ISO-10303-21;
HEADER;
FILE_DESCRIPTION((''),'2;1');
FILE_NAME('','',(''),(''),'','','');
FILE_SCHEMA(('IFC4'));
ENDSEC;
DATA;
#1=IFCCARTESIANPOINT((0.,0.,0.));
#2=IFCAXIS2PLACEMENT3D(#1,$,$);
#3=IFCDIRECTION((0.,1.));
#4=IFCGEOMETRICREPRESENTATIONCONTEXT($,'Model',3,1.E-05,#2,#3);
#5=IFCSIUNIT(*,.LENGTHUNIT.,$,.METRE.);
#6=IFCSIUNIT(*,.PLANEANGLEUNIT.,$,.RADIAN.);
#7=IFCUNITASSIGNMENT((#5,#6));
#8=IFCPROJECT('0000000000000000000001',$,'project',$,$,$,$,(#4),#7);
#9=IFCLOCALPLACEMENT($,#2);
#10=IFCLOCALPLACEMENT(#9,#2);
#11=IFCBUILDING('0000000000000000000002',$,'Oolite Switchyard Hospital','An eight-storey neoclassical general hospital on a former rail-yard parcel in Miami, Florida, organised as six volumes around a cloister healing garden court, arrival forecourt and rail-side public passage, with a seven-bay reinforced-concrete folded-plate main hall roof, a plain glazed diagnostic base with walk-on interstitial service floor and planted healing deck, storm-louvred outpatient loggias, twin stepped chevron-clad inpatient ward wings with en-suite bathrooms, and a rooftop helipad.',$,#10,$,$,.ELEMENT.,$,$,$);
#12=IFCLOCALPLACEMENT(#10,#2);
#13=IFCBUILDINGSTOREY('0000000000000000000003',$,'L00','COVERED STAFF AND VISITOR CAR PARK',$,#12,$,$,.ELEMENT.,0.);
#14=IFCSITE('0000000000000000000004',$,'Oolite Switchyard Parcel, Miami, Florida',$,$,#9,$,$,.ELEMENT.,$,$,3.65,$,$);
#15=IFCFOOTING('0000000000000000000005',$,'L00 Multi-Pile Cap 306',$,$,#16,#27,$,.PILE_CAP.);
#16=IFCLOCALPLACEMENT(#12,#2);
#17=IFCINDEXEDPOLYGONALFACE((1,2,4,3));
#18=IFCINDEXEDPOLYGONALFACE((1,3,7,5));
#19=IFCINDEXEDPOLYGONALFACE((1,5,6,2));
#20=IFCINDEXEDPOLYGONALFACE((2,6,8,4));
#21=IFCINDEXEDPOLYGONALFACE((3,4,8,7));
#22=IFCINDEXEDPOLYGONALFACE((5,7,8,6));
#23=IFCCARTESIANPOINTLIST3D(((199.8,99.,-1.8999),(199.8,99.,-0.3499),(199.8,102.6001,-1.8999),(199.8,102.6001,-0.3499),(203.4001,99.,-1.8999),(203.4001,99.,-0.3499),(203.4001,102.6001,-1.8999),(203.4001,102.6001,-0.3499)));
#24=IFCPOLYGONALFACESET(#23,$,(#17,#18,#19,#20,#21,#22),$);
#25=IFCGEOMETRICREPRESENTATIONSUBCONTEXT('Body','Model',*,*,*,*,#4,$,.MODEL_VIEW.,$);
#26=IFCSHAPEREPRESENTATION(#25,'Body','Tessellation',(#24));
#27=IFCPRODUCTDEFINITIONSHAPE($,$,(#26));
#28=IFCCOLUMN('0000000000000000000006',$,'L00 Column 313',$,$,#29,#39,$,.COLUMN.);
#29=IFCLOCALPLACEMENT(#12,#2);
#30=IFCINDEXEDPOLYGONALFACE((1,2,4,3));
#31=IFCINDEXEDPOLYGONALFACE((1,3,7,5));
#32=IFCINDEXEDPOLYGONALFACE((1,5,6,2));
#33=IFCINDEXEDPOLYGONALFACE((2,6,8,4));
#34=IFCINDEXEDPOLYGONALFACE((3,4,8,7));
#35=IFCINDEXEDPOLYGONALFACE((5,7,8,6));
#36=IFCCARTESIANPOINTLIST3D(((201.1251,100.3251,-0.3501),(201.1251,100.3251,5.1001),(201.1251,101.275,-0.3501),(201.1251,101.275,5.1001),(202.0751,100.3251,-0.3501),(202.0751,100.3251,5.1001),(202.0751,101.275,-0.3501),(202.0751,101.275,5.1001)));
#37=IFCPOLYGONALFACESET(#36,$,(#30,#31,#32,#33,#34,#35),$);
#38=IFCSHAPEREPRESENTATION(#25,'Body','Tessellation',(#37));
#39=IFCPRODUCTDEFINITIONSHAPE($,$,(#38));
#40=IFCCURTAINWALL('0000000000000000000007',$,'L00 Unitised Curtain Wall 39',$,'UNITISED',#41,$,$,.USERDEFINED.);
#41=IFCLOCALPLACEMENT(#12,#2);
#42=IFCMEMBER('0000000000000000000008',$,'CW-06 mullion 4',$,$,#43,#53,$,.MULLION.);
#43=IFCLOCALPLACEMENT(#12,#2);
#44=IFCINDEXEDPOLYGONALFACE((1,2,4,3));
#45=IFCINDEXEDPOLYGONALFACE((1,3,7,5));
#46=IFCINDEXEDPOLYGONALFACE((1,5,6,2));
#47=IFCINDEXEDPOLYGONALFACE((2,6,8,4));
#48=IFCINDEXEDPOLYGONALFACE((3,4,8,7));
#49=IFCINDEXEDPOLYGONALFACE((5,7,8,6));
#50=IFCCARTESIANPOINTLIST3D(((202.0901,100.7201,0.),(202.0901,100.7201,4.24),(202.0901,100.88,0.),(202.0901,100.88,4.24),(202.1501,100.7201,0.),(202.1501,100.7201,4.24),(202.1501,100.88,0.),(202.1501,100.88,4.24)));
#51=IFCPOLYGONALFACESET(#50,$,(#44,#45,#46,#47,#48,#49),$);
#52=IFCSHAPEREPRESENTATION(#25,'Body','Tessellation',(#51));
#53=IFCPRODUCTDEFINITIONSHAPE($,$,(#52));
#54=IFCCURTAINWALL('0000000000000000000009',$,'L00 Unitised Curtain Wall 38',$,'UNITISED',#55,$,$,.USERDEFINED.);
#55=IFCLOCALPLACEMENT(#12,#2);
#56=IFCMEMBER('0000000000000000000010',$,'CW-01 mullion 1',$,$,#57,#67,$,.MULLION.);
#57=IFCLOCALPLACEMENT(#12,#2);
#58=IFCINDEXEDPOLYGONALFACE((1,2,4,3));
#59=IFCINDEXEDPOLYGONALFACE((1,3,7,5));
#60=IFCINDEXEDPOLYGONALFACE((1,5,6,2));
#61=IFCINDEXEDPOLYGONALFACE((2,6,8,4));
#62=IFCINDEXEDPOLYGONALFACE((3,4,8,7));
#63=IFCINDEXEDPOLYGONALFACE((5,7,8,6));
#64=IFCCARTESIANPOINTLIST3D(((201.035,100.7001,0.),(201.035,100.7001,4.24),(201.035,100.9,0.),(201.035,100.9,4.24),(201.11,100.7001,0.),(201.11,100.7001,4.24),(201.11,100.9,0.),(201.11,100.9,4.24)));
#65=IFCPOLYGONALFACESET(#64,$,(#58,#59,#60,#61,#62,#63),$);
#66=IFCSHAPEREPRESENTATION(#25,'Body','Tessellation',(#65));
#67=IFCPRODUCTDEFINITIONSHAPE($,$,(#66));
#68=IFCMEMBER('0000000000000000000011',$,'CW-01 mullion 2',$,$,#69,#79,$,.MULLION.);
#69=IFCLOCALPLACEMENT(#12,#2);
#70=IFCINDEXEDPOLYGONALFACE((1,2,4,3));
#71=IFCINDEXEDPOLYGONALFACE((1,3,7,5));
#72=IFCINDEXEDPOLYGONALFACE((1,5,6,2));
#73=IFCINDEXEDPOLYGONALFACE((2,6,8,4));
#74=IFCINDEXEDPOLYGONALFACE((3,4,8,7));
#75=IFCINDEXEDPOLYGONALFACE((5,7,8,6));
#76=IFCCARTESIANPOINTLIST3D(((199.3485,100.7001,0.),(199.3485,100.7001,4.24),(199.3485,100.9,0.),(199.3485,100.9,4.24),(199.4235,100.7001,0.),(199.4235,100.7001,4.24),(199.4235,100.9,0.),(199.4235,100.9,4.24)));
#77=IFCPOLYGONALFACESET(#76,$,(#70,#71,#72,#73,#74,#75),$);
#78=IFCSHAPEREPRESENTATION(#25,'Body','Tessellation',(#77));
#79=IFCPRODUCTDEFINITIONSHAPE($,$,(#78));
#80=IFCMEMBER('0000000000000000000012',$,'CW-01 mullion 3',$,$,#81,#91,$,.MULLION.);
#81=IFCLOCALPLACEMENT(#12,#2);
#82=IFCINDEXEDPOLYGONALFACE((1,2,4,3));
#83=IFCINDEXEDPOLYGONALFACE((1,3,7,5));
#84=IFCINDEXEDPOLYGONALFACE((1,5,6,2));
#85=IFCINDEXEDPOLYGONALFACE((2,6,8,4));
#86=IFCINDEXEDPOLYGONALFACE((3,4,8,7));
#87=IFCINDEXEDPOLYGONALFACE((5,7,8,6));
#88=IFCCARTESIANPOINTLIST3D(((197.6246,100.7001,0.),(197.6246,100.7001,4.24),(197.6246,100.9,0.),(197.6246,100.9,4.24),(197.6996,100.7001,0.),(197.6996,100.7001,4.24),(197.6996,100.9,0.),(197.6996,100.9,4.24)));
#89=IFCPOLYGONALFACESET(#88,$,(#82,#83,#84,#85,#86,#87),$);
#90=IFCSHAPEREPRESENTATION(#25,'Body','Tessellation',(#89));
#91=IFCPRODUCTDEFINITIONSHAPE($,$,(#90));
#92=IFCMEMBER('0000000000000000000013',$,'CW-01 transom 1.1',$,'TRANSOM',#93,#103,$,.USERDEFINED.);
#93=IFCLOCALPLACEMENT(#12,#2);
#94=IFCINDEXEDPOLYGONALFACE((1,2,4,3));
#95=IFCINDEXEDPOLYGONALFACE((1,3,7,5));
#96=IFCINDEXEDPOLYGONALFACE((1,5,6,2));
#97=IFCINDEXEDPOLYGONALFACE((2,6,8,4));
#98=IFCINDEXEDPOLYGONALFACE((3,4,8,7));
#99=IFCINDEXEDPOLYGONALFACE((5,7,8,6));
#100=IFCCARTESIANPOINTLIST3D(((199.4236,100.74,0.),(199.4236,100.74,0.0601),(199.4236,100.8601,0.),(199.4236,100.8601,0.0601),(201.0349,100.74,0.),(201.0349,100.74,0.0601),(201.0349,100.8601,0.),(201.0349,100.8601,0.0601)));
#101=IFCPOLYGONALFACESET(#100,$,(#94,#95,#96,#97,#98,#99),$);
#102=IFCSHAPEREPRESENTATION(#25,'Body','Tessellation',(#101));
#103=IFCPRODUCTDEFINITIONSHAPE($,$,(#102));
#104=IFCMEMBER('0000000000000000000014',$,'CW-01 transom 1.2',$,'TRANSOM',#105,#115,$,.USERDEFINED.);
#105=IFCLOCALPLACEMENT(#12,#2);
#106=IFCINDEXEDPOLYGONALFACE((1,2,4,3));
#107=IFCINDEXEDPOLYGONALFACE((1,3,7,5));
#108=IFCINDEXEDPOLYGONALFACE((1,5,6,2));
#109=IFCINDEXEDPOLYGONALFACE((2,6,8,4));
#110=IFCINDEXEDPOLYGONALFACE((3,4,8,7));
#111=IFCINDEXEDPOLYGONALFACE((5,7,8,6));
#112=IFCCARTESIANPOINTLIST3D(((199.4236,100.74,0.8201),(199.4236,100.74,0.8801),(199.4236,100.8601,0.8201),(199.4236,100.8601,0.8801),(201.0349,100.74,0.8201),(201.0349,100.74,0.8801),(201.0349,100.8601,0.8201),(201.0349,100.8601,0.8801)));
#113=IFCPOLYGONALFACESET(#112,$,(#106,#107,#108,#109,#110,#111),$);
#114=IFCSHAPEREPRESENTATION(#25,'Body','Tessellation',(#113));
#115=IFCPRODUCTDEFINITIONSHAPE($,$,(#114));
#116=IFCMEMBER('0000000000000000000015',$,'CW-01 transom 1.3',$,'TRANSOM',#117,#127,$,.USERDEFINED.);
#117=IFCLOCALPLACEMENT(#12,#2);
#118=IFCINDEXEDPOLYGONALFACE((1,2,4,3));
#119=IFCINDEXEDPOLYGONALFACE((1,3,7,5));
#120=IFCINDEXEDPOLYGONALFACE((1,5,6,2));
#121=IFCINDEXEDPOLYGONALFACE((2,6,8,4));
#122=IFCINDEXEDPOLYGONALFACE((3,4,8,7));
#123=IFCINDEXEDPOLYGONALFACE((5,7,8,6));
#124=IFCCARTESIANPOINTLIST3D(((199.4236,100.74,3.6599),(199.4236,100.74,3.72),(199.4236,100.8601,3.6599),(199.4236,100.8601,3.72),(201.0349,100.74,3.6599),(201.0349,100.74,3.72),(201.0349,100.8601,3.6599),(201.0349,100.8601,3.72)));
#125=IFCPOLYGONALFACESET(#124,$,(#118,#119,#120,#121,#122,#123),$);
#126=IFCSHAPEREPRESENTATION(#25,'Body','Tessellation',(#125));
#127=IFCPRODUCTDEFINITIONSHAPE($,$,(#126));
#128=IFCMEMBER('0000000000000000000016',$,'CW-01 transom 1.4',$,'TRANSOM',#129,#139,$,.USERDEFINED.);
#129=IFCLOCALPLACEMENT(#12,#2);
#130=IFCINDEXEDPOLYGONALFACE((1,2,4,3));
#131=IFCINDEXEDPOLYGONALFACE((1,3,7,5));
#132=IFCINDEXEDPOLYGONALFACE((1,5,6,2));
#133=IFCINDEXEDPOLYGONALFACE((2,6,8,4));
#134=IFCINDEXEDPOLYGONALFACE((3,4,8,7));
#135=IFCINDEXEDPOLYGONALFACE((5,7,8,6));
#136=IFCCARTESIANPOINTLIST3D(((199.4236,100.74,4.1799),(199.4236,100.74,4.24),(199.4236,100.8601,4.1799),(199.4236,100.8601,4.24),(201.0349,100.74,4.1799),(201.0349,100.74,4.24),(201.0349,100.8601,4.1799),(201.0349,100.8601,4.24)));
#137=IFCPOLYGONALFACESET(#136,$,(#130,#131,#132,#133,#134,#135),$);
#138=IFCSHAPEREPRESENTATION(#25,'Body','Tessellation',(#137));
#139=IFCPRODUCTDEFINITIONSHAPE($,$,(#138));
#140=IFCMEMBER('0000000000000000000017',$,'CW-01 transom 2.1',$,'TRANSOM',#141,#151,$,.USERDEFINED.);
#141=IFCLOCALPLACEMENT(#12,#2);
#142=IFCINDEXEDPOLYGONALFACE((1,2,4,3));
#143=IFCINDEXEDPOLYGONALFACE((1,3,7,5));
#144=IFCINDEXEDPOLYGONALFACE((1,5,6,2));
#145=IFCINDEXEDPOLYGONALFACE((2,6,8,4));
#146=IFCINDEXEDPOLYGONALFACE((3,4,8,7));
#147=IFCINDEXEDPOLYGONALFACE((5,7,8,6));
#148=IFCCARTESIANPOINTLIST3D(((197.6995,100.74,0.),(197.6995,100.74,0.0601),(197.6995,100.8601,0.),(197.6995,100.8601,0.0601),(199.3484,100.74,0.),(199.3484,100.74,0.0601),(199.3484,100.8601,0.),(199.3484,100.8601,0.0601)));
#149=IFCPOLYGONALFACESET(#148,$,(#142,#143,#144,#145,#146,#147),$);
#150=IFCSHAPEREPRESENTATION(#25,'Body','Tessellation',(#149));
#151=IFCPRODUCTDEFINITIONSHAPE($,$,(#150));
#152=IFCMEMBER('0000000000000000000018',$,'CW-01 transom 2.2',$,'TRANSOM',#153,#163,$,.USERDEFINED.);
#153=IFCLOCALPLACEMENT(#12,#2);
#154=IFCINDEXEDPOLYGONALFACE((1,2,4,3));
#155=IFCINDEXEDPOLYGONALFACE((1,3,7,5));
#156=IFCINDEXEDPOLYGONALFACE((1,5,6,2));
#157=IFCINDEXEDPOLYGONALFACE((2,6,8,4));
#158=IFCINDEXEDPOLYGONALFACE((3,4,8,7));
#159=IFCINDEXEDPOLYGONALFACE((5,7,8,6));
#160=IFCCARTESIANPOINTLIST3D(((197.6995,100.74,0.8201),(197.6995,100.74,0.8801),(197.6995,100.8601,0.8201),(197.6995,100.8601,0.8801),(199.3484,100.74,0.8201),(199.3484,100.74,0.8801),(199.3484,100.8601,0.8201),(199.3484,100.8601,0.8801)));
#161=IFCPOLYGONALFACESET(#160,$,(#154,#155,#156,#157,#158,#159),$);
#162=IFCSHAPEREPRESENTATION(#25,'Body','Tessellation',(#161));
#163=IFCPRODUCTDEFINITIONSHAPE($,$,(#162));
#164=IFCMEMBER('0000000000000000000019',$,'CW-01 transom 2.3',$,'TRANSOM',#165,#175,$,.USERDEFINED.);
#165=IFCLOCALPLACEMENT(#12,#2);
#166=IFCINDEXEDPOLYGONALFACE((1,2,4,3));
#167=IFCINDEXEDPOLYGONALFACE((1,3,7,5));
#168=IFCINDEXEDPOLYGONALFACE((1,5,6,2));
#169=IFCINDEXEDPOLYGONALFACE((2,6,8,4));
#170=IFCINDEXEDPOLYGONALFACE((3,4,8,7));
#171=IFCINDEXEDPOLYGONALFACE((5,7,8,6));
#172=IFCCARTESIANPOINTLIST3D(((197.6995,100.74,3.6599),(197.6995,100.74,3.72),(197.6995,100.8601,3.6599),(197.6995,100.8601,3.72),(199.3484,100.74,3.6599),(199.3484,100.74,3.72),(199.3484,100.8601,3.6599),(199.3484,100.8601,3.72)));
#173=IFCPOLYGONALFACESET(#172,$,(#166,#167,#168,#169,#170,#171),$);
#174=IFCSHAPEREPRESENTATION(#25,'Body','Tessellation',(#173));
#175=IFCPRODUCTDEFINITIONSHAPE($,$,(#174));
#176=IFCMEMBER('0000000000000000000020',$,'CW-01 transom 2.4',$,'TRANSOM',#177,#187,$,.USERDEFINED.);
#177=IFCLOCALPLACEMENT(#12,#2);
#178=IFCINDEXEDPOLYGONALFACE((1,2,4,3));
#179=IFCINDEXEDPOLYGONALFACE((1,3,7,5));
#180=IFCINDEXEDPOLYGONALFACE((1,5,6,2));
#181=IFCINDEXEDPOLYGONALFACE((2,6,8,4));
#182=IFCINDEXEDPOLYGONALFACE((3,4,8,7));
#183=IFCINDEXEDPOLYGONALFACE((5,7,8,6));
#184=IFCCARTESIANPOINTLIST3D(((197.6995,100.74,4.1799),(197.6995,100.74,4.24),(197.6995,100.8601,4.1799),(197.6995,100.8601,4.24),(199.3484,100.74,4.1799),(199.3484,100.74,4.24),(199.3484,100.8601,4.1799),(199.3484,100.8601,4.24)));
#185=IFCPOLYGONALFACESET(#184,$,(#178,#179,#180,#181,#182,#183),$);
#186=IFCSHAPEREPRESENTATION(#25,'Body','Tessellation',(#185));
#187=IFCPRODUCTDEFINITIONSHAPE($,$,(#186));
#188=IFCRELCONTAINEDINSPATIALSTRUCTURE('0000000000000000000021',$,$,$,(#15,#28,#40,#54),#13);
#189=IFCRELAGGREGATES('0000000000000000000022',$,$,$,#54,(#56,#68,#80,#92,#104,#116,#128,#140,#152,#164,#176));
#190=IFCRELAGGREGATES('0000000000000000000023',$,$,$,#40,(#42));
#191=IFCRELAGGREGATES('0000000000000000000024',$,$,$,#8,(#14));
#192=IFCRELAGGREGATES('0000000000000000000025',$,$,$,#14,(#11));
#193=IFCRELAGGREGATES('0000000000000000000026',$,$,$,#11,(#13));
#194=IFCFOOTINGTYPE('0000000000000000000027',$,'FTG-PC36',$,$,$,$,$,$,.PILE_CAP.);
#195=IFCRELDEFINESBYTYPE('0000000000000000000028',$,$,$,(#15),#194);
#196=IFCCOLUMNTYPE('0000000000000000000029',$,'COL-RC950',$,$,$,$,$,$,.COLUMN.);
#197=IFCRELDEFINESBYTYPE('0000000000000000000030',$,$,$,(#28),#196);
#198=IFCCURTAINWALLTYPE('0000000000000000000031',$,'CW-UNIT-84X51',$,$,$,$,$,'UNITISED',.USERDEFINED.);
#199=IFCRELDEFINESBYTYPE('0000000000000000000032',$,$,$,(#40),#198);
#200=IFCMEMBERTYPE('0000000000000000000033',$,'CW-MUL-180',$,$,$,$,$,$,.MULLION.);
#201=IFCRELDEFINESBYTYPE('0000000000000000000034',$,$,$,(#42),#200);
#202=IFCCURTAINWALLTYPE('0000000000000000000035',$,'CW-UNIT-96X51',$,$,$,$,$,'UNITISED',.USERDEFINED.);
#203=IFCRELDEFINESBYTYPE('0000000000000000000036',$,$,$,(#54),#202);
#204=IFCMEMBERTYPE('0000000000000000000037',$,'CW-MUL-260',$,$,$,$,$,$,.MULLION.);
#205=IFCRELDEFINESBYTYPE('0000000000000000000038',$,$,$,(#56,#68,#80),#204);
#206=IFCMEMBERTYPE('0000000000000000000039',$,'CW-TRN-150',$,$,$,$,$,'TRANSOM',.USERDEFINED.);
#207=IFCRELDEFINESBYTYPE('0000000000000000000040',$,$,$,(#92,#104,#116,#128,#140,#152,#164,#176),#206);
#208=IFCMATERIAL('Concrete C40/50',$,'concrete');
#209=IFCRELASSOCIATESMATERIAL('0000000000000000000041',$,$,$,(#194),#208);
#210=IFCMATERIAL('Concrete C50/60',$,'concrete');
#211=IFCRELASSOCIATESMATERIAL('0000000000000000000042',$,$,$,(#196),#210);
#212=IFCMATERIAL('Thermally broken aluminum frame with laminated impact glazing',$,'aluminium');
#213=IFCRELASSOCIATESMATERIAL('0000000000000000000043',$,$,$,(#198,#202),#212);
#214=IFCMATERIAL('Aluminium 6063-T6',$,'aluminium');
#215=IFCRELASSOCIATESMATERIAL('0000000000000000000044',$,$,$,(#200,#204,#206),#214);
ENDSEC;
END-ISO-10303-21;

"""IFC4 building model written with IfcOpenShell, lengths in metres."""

from ifc_helpers import new_model, si_unit, direction, frame, origin, origin_2d, place, context, subcontext, project, spatial, rectangle, extrude, material, material_profile, profile_set, type_object, element, aggregate, save


model = new_model("IFC4")

# Units and contexts
model_context = context("Model", 3, precision=1e-05, world=origin(), true_north=direction((0.0, 1.0)))
body_context = subcontext(model_context, "Body", "Model", "MODEL_VIEW")
ifc_project = project(units=[si_unit("LENGTHUNIT", "METRE"), si_unit("PLANEANGLEUNIT", "RADIAN")], contexts=[model_context])

# Site, building, storey
site_placement = place(None, origin())
site = spatial("IfcSite", under=ifc_project, at=site_placement, Name="Oolite Switchyard Parcel, Miami, Florida", CompositionType="ELEMENT", RefElevation=3.65)
building_placement = place(site_placement, origin())
building = spatial("IfcBuilding", under=site, at=building_placement, Name="Oolite Switchyard Hospital", Description="An eight-storey neoclassical general hospital on a former rail-yard parcel in Miami, Florida, organised as six volumes around a cloister healing garden court, arrival forecourt and rail-side public passage, with a seven-bay reinforced-concrete folded-plate main hall roof, a plain glazed diagnostic base with walk-on interstitial service floor and planted healing deck, storm-louvred outpatient loggias, twin stepped chevron-clad inpatient ward wings with en-suite bathrooms, and a rooftop helipad.", CompositionType="ELEMENT")
storey_placement = place(building_placement, origin())
storey = spatial("IfcBuildingStorey", under=building, at=storey_placement, Name="L00", Description="COVERED STAFF AND VISITOR CAR PARK", CompositionType="ELEMENT", Elevation=0.0)

# Footing
ifc_material_1 = material(Name="Concrete C40/50", Category="concrete")
footing_type = type_object("IfcFootingType", Name="FTG-PC36", PredefinedType="PILE_CAP", material=ifc_material_1)
footing_placement = place(storey_placement, frame((201.6001, 100.8, -1.8999), z_axis=(0.0, 0.0, 1.0), x_axis=(1.0, 0.0, 0.0)))
element("IfcFooting", 1, at=footing_placement, inside=storey, type_object=footing_type, Name="L00 Multi-Pile Cap 306", PredefinedType="PILE_CAP", context=body_context, shape_type="SweptSolid", body=[
    extrude(rectangle(XDim=3.6001, YDim=3.6001, at=origin_2d()), origin(), (0.0, 0.0, 1.0), 1.55),
])

# Column
ifc_material_2 = material(Name="Concrete C50/60", Category="concrete")
ifc_material_profile_1 = material_profile(ifc_material_2, rectangle(XDim=0.95, YDim=0.95, at=origin_2d()), Name="RC950X950")
ifc_profile_set_1 = profile_set([ifc_material_profile_1], Name="Concrete C50/60")
column_type = type_object("IfcColumnType", Name="COL-RC950", PredefinedType="COLUMN", material=ifc_profile_set_1)
column_placement = place(storey_placement, frame((201.6001, 100.8, -0.3501), z_axis=(0.0, 0.0, 1.0), x_axis=(1.0, 0.0, 0.0)))
element("IfcColumn", 2, at=column_placement, inside=storey, type_object=column_type, Name="L00 Column 313", PredefinedType="COLUMN", context=body_context, shape_type="SweptSolid", body=[
    extrude(rectangle(XDim=0.95, YDim=0.95, at=origin_2d()), origin(), (0.0, 0.0, 1.0), 5.4502),
])

# Curtain wall, member
ifc_material_3 = material(Name="Thermally broken aluminum frame with laminated impact glazing", Category="aluminium")
curtain_wall_type_1 = type_object("IfcCurtainWallType", Name="CW-UNIT-84X51", ElementType="UNITISED", PredefinedType="USERDEFINED", material=ifc_material_3)
curtain_wall_1_placement = place(storey_placement, origin())
curtain_wall_1 = element("IfcCurtainWall", 3, at=curtain_wall_1_placement, inside=storey, type_object=curtain_wall_type_1, Name="L00 Unitised Curtain Wall 39", ObjectType="UNITISED", PredefinedType="USERDEFINED")
ifc_material_4 = material(Name="Aluminium 6063-T6", Category="aluminium")
ifc_material_profile_2 = material_profile(ifc_material_4, rectangle(XDim=0.1599, YDim=0.0601, at=origin_2d()), Name="CWM60X160")
ifc_profile_set_2 = profile_set([ifc_material_profile_2], Name="Aluminium 6063-T6")
member_type_1 = type_object("IfcMemberType", Name="CW-MUL-180", PredefinedType="MULLION", material=ifc_profile_set_2)
member_1_placement = place(storey_placement, frame((202.1201, 100.8, 0.0), z_axis=(0.0, 0.0, 1.0), x_axis=(0.0, -1.0, 0.0)))
member_1 = element("IfcMember", 4, at=member_1_placement, type_object=member_type_1, Name="CW-06 mullion 4", PredefinedType="MULLION", context=body_context, shape_type="SweptSolid", body=[
    extrude(rectangle(XDim=0.1599, YDim=0.0601, at=origin_2d()), origin(), (0.0, 0.0, 1.0), 4.24),
])

# Curtain wall, members
curtain_wall_type_2 = type_object("IfcCurtainWallType", Name="CW-UNIT-96X51", ElementType="UNITISED", PredefinedType="USERDEFINED", material=ifc_material_3)
curtain_wall_2_placement = place(storey_placement, origin())
curtain_wall_2 = element("IfcCurtainWall", 5, at=curtain_wall_2_placement, inside=storey, type_object=curtain_wall_type_2, Name="L00 Unitised Curtain Wall 38", ObjectType="UNITISED", PredefinedType="USERDEFINED")
ifc_material_profile_3 = material_profile(ifc_material_4, rectangle(XDim=0.2, YDim=0.075, at=origin_2d()), Name="CWM75X200")
ifc_profile_set_3 = profile_set([ifc_material_profile_3], Name="Aluminium 6063-T6")
member_type_2 = type_object("IfcMemberType", Name="CW-MUL-260", PredefinedType="MULLION", material=ifc_profile_set_3)
member_2_placement = place(storey_placement, frame((201.0725, 100.8, 0.0), z_axis=(0.0, 0.0, 1.0), x_axis=(0.0, -1.0, 0.0)))
member_2 = element("IfcMember", 6, at=member_2_placement, type_object=member_type_2, Name="CW-01 mullion 1", PredefinedType="MULLION", context=body_context, shape_type="SweptSolid", body=[
    extrude(rectangle(XDim=0.2, YDim=0.075, at=origin_2d()), origin(), (0.0, 0.0, 1.0), 4.24),
])
member_3_placement = place(storey_placement, frame((199.386, 100.8, 0.0), z_axis=(0.0, 0.0, 1.0), x_axis=(0.0, -1.0, 0.0)))
member_3 = element("IfcMember", 7, at=member_3_placement, type_object=member_type_2, Name="CW-01 mullion 2", PredefinedType="MULLION", context=body_context, shape_type="SweptSolid", body=[
    extrude(rectangle(XDim=0.2, YDim=0.075, at=origin_2d()), origin(), (0.0, 0.0, 1.0), 4.24),
])
member_4_placement = place(storey_placement, frame((197.6621, 100.8, 0.0), z_axis=(0.0, 0.0, 1.0), x_axis=(0.0, -1.0, 0.0)))
member_4 = element("IfcMember", 8, at=member_4_placement, type_object=member_type_2, Name="CW-01 mullion 3", PredefinedType="MULLION", context=body_context, shape_type="SweptSolid", body=[
    extrude(rectangle(XDim=0.2, YDim=0.075, at=origin_2d()), origin(), (0.0, 0.0, 1.0), 4.24),
])
ifc_material_profile_4 = material_profile(ifc_material_4, rectangle(XDim=0.1201, YDim=0.0601, at=origin_2d()), Name="CWT60X120")
ifc_profile_set_4 = profile_set([ifc_material_profile_4], Name="Aluminium 6063-T6")
member_type_3 = type_object("IfcMemberType", Name="CW-TRN-150", ElementType="TRANSOM", PredefinedType="USERDEFINED", material=ifc_profile_set_4)
member_5_placement = place(storey_placement, frame((201.0349, 100.8, 0.03), z_axis=(-1.0, 0.0, 0.0), x_axis=(0.0, -1.0, 0.0)))
member_5 = element("IfcMember", 9, at=member_5_placement, type_object=member_type_3, Name="CW-01 transom 1.1", ObjectType="TRANSOM", PredefinedType="USERDEFINED", context=body_context, shape_type="SweptSolid", body=[
    extrude(rectangle(XDim=0.1201, YDim=0.0601, at=origin_2d()), origin(), (0.0, 0.0, 1.0), 1.6113),
])
member_6_placement = place(storey_placement, frame((201.0349, 100.8, 0.8501), z_axis=(-1.0, 0.0, 0.0), x_axis=(0.0, -1.0, 0.0)))
member_6 = element("IfcMember", 10, at=member_6_placement, type_object=member_type_3, Name="CW-01 transom 1.2", ObjectType="TRANSOM", PredefinedType="USERDEFINED", context=body_context, shape_type="SweptSolid", body=[
    extrude(rectangle(XDim=0.1201, YDim=0.0601, at=origin_2d()), origin(), (0.0, 0.0, 1.0), 1.6113),
])
member_7_placement = place(storey_placement, frame((201.0349, 100.8, 3.6899), z_axis=(-1.0, 0.0, 0.0), x_axis=(0.0, -1.0, 0.0)))
member_7 = element("IfcMember", 11, at=member_7_placement, type_object=member_type_3, Name="CW-01 transom 1.3", ObjectType="TRANSOM", PredefinedType="USERDEFINED", context=body_context, shape_type="SweptSolid", body=[
    extrude(rectangle(XDim=0.1201, YDim=0.0601, at=origin_2d()), origin(), (0.0, 0.0, 1.0), 1.6113),
])
member_8_placement = place(storey_placement, frame((201.0349, 100.8, 4.21), z_axis=(-1.0, 0.0, 0.0), x_axis=(0.0, -1.0, 0.0)))
member_8 = element("IfcMember", 12, at=member_8_placement, type_object=member_type_3, Name="CW-01 transom 1.4", ObjectType="TRANSOM", PredefinedType="USERDEFINED", context=body_context, shape_type="SweptSolid", body=[
    extrude(rectangle(XDim=0.1201, YDim=0.0601, at=origin_2d()), origin(), (0.0, 0.0, 1.0), 1.6113),
])
member_9_placement = place(storey_placement, frame((199.3484, 100.8, 0.03), z_axis=(-1.0, 0.0, 0.0), x_axis=(0.0, -1.0, 0.0)))
member_9 = element("IfcMember", 13, at=member_9_placement, type_object=member_type_3, Name="CW-01 transom 2.1", ObjectType="TRANSOM", PredefinedType="USERDEFINED", context=body_context, shape_type="SweptSolid", body=[
    extrude(rectangle(XDim=0.1201, YDim=0.0601, at=origin_2d()), origin(), (0.0, 0.0, 1.0), 1.6489),
])
member_10_placement = place(storey_placement, frame((199.3484, 100.8, 0.8501), z_axis=(-1.0, 0.0, 0.0), x_axis=(0.0, -1.0, 0.0)))
member_10 = element("IfcMember", 14, at=member_10_placement, type_object=member_type_3, Name="CW-01 transom 2.2", ObjectType="TRANSOM", PredefinedType="USERDEFINED", context=body_context, shape_type="SweptSolid", body=[
    extrude(rectangle(XDim=0.1201, YDim=0.0601, at=origin_2d()), origin(), (0.0, 0.0, 1.0), 1.6489),
])
member_11_placement = place(storey_placement, frame((199.3484, 100.8, 3.6899), z_axis=(-1.0, 0.0, 0.0), x_axis=(0.0, -1.0, 0.0)))
member_11 = element("IfcMember", 15, at=member_11_placement, type_object=member_type_3, Name="CW-01 transom 2.3", ObjectType="TRANSOM", PredefinedType="USERDEFINED", context=body_context, shape_type="SweptSolid", body=[
    extrude(rectangle(XDim=0.1201, YDim=0.0601, at=origin_2d()), origin(), (0.0, 0.0, 1.0), 1.6489),
])
member_12_placement = place(storey_placement, frame((199.3484, 100.8, 4.21), z_axis=(-1.0, 0.0, 0.0), x_axis=(0.0, -1.0, 0.0)))
member_12 = element("IfcMember", 16, at=member_12_placement, type_object=member_type_3, Name="CW-01 transom 2.4", ObjectType="TRANSOM", PredefinedType="USERDEFINED", context=body_context, shape_type="SweptSolid", body=[
    extrude(rectangle(XDim=0.1201, YDim=0.0601, at=origin_2d()), origin(), (0.0, 0.0, 1.0), 1.6489),
])

aggregate(curtain_wall_2, [member_2, member_3, member_4, member_5, member_6, member_7, member_8, member_9, member_10, member_11, member_12])
aggregate(curtain_wall_1, [member_1])

save(model, "model.ifc")
